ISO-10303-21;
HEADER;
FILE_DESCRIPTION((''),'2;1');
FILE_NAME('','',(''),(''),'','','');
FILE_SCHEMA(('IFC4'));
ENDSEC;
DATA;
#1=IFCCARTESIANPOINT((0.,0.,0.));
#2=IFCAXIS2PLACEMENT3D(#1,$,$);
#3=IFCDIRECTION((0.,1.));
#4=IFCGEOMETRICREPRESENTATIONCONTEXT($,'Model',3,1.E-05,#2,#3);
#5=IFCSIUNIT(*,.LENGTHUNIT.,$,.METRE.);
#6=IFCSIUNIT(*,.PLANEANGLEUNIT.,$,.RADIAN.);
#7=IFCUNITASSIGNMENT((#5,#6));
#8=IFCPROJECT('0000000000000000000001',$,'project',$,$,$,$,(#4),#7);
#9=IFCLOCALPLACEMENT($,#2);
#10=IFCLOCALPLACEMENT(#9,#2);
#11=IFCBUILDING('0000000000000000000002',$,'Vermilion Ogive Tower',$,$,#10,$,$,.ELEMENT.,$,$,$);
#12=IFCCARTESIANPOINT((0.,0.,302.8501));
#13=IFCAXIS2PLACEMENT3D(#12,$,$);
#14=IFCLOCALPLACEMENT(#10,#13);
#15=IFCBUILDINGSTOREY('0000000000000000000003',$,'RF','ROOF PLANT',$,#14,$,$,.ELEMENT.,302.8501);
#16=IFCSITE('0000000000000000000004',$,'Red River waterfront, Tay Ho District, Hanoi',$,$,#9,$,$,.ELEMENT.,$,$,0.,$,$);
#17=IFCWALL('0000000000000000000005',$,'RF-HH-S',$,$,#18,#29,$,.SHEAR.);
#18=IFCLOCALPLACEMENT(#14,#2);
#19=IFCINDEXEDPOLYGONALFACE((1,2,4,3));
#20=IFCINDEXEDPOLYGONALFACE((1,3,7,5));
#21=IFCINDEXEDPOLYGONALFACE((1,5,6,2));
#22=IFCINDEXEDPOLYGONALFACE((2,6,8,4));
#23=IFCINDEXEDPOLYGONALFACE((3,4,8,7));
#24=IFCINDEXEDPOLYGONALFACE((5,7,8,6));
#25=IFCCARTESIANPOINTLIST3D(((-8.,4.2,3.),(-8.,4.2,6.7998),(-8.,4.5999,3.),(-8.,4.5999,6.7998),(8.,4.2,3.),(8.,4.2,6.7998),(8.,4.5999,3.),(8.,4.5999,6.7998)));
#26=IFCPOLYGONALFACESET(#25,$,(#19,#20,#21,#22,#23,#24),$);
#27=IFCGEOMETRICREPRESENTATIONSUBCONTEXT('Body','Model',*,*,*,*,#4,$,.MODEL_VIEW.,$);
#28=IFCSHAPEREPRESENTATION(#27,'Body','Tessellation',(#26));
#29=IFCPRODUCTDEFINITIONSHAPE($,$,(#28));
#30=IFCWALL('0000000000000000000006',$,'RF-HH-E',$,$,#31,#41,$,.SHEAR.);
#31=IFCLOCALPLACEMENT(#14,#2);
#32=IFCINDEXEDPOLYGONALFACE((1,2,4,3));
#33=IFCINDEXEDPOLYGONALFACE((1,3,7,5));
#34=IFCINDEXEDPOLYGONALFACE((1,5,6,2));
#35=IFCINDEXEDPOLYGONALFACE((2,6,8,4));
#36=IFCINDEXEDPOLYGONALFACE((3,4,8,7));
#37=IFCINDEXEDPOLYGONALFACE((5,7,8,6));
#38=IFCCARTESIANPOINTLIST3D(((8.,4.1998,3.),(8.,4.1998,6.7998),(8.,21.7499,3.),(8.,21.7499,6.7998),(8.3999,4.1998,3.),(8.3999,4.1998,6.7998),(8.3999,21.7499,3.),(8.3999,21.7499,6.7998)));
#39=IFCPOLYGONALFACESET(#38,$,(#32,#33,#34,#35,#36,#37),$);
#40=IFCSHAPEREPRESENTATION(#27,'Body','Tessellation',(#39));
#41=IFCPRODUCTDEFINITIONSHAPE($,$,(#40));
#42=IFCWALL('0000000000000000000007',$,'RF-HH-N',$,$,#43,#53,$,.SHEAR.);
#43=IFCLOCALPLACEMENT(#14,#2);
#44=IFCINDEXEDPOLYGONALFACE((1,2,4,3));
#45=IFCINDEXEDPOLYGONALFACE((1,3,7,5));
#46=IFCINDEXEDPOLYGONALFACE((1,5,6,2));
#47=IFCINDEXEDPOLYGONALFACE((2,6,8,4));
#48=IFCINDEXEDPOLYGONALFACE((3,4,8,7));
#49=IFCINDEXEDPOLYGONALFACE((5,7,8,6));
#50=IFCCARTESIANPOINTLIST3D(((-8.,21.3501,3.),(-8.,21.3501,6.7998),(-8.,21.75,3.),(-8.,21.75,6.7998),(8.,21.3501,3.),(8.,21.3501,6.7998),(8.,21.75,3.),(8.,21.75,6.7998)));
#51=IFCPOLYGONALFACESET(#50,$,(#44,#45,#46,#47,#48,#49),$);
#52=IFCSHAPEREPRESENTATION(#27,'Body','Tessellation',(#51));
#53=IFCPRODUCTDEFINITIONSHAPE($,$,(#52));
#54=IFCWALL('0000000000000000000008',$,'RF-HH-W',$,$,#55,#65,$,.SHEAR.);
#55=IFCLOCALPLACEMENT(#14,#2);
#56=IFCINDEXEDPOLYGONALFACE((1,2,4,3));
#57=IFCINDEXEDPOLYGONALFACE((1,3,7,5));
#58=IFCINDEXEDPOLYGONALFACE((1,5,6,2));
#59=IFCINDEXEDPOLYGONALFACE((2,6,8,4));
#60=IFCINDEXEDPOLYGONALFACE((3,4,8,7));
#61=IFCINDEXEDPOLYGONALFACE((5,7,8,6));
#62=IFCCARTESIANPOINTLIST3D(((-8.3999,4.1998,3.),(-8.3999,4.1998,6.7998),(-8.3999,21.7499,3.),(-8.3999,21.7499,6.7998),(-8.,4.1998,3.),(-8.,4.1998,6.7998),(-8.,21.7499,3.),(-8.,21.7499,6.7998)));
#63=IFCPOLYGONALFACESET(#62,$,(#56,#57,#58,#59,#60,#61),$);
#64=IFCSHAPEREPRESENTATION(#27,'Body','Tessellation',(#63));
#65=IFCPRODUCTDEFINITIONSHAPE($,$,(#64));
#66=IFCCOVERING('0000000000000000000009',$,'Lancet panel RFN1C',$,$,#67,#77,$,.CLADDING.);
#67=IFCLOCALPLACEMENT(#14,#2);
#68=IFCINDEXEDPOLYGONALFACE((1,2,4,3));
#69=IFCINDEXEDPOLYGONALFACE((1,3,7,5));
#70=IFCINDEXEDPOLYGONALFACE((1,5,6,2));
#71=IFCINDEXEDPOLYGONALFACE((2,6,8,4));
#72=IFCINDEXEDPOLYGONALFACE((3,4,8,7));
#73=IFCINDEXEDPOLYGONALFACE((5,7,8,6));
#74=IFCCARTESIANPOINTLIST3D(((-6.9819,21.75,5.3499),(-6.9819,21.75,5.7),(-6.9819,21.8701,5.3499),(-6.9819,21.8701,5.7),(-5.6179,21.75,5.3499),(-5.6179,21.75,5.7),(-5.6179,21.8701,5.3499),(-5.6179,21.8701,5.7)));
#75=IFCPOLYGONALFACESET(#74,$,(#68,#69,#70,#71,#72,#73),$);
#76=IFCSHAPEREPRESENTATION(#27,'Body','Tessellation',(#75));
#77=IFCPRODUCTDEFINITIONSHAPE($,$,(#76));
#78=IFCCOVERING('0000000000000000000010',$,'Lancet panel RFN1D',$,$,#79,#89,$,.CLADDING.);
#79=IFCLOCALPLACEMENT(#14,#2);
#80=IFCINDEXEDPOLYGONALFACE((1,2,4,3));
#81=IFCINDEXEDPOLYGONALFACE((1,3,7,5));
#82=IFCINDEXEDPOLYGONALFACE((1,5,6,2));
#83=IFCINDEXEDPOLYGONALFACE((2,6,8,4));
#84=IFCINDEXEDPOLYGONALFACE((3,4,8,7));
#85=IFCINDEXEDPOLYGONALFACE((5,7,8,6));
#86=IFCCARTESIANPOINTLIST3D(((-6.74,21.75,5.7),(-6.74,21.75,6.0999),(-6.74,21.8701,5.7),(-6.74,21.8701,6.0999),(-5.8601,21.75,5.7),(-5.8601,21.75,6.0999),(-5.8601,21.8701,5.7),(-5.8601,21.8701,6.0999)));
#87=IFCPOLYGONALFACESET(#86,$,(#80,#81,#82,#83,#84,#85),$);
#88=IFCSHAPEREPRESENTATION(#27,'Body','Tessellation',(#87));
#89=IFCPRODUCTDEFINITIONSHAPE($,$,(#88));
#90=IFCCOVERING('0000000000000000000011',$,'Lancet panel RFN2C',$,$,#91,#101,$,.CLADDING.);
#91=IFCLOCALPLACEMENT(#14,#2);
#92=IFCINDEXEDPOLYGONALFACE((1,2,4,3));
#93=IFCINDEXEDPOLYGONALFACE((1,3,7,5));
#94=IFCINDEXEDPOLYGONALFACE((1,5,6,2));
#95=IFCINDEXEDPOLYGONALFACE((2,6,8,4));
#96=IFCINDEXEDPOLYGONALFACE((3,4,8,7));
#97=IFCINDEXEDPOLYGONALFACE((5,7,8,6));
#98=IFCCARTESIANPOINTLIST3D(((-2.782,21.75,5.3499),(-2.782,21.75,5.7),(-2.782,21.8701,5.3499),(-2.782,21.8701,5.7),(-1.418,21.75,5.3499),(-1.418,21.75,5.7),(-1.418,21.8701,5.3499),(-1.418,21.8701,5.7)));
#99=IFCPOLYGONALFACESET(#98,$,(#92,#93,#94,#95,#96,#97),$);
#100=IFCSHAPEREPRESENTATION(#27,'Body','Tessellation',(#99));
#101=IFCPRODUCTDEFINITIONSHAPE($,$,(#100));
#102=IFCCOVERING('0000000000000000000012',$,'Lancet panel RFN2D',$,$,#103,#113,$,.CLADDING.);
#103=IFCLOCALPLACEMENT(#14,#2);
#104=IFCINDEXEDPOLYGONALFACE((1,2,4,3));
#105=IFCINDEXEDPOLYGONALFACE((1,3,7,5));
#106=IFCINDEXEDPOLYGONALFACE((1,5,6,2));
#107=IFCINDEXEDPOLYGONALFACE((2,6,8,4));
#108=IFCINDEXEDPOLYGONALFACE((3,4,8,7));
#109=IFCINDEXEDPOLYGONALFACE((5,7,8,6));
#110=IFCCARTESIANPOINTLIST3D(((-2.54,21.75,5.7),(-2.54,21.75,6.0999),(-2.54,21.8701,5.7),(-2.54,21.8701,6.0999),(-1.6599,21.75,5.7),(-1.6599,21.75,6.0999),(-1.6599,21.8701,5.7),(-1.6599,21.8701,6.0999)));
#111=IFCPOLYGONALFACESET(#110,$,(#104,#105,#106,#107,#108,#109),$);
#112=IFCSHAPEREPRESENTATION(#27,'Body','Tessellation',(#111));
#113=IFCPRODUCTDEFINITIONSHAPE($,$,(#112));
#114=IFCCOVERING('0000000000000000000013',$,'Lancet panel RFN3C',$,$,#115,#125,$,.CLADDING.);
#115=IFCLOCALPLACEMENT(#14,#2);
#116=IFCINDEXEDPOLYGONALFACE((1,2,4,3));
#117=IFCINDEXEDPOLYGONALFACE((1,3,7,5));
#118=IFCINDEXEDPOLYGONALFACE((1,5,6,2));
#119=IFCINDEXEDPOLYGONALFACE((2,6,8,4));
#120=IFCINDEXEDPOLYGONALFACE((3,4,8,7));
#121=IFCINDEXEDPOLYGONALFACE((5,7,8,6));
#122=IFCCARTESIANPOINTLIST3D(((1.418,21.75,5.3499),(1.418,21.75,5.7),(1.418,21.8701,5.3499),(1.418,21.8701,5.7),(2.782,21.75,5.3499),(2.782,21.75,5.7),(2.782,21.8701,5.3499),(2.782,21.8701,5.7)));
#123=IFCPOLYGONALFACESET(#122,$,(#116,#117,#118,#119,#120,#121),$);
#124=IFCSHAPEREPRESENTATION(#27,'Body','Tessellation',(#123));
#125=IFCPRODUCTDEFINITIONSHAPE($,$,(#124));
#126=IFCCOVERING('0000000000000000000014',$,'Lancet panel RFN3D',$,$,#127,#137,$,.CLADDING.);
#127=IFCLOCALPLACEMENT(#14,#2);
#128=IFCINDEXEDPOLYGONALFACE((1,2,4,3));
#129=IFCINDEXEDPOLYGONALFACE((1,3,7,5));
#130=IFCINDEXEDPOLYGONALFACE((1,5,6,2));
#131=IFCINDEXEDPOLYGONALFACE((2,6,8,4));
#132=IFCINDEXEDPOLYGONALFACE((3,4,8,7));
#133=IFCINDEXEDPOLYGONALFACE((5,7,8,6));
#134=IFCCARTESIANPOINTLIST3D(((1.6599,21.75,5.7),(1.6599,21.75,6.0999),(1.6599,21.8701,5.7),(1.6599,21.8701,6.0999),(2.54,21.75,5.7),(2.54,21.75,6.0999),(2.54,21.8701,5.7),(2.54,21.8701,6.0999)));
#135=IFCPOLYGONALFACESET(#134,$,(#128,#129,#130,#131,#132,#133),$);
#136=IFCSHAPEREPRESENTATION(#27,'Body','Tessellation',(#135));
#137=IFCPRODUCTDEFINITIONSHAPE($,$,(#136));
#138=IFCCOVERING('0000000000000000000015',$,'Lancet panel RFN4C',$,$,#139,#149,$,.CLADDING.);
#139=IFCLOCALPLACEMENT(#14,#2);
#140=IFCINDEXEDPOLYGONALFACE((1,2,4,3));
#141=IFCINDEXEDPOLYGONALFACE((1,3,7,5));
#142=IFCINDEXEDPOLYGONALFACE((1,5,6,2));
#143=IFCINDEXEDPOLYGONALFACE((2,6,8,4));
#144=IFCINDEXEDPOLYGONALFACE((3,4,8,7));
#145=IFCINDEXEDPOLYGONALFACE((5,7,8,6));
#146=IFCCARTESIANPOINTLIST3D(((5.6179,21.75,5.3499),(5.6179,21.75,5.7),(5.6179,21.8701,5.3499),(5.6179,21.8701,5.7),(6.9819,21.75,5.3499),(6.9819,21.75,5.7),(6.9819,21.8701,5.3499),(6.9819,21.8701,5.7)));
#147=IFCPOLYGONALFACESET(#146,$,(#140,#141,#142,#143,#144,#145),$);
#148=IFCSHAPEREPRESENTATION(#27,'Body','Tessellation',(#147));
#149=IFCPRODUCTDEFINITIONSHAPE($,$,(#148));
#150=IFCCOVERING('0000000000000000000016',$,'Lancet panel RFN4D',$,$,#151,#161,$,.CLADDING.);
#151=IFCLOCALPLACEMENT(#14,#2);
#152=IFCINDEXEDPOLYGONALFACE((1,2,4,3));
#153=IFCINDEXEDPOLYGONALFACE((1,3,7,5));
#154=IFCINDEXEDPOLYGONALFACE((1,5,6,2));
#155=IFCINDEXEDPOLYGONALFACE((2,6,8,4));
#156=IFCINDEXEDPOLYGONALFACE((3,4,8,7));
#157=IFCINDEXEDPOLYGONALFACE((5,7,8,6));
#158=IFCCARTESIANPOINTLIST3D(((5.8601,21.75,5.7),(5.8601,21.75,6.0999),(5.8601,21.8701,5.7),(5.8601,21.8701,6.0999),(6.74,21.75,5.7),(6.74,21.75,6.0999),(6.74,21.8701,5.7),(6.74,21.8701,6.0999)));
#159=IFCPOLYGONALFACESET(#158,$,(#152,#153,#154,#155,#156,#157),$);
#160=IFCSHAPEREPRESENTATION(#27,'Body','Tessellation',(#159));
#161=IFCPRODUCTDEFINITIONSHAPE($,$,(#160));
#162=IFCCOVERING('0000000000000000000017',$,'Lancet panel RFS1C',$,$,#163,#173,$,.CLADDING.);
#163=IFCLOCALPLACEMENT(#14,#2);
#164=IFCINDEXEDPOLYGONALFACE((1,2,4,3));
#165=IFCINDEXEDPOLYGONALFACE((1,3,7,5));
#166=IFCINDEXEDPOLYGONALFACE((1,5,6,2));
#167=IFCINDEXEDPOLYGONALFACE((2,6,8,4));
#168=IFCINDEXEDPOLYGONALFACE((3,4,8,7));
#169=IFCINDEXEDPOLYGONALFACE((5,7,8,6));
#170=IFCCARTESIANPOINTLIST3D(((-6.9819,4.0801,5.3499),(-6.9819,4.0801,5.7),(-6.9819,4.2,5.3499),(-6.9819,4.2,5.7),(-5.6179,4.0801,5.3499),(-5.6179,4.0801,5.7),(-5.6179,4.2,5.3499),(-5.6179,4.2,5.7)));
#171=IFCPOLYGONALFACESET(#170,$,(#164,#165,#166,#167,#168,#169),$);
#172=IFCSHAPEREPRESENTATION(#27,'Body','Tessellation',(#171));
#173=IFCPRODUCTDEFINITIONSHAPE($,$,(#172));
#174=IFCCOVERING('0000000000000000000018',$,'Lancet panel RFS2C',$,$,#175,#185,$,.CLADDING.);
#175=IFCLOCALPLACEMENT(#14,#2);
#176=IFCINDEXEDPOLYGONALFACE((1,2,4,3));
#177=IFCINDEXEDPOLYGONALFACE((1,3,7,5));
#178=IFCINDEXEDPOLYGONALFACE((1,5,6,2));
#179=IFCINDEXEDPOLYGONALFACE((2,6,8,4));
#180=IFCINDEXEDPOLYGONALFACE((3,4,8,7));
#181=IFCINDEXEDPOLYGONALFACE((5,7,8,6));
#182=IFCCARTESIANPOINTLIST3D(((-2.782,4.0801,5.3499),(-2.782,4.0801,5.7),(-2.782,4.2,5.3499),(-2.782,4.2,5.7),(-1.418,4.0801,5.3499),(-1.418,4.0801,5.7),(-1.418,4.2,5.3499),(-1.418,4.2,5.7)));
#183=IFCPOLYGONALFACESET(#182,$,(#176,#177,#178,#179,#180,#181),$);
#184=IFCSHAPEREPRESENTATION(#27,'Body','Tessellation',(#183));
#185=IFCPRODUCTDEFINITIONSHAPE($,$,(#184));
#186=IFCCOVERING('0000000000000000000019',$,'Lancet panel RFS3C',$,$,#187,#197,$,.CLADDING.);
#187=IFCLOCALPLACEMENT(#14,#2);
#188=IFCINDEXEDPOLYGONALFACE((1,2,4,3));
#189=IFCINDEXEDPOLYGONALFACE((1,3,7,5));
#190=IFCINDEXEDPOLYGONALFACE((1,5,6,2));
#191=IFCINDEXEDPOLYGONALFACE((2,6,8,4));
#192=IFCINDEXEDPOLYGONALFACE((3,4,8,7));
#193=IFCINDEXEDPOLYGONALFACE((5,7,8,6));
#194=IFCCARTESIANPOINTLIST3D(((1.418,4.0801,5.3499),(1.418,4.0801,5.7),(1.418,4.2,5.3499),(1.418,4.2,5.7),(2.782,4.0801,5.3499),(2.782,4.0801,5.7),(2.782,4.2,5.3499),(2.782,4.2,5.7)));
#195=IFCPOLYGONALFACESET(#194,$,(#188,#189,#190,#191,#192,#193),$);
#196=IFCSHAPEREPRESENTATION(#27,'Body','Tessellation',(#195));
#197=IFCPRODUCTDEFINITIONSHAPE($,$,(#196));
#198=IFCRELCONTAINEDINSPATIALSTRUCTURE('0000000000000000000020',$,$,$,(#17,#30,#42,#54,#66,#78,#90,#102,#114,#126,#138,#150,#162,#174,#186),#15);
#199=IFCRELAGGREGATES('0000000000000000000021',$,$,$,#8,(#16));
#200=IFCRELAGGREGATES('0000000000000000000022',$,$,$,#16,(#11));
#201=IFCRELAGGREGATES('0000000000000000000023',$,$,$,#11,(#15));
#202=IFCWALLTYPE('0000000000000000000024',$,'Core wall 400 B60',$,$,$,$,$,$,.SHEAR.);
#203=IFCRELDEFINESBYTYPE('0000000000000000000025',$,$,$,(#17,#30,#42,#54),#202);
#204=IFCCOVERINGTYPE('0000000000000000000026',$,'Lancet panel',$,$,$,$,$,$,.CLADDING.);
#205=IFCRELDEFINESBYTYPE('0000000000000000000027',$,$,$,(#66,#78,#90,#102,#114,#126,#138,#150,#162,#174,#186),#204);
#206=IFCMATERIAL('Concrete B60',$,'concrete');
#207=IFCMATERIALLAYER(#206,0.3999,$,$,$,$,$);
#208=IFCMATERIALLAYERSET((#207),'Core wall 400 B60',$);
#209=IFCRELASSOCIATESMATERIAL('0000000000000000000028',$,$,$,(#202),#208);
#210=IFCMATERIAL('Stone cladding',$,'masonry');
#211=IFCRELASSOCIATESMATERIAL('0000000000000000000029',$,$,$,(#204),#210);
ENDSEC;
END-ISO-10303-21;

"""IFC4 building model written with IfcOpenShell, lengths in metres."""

from ifc_helpers import new_model, si_unit, direction, frame, frame_2d, origin, place, context, subcontext, project, spatial, polyline, rectangle, outline, extrude, material, layer, layer_set, type_object, element, save


model = new_model("IFC4")

# Units and contexts
model_context = context("Model", 3, precision=1e-05, world=origin(), true_north=direction((0.0, 1.0)))
body_context = subcontext(model_context, "Body", "Model", "MODEL_VIEW")
ifc_project = project(units=[si_unit("LENGTHUNIT", "METRE"), si_unit("PLANEANGLEUNIT", "RADIAN")], contexts=[model_context])

# Site, building, storey
site_placement = place(None, origin())
site = spatial("IfcSite", under=ifc_project, at=site_placement, Name="Red River waterfront, Tay Ho District, Hanoi", CompositionType="ELEMENT", RefElevation=0.0)
building_placement = place(site_placement, origin())
building = spatial("IfcBuilding", under=site, at=building_placement, Name="Vermilion Ogive Tower", CompositionType="ELEMENT")
storey_placement = place(building_placement, frame((0.0, 0.0, 302.8501)))
storey = spatial("IfcBuildingStorey", under=building, at=storey_placement, Name="RF", Description="ROOF PLANT", CompositionType="ELEMENT", Elevation=302.8501)

# Walls
ifc_material_1 = material(Name="Concrete B60", Category="concrete")
ifc_layer = layer(ifc_material_1, 0.3999)
ifc_layer_set = layer_set([ifc_layer], Name="Core wall 400 B60")
wall_type = type_object("IfcWallType", Name="Core wall 400 B60", PredefinedType="SHEAR", material=ifc_layer_set)
wall_1_placement = place(storey_placement, frame((-8.0, 4.3999, 3.0), z_axis=(0.0, 0.0, 1.0), x_axis=(1.0, 0.0, 0.0)))
element("IfcWall", 1, at=wall_1_placement, inside=storey, type_object=wall_type, Name="RF-HH-S", PredefinedType="SHEAR", context=body_context, shape_type="SweptSolid", body=[
    extrude(rectangle(XDim=16.0, YDim=0.3999, at=frame_2d((8.0, 0.0))), origin(), (0.0, 0.0, 1.0), 3.7998),
])
wall_2_placement = place(storey_placement, frame((8.2, 4.2, 3.0), z_axis=(0.0, 0.0, 1.0), x_axis=(0.0, 1.0, 0.0)))
element("IfcWall", 2, at=wall_2_placement, inside=storey, type_object=wall_type, Name="RF-HH-E", PredefinedType="SHEAR", context=body_context, shape_type="SweptSolid", body=[
    extrude(rectangle(XDim=17.55, YDim=0.3999, at=frame_2d((8.7749, 0.0))), origin(), (0.0, 0.0, 1.0), 3.7998),
])
wall_3_placement = place(storey_placement, frame((-8.0, 21.55, 3.0), z_axis=(0.0, 0.0, 1.0), x_axis=(1.0, 0.0, 0.0)))
element("IfcWall", 3, at=wall_3_placement, inside=storey, type_object=wall_type, Name="RF-HH-N", PredefinedType="SHEAR", context=body_context, shape_type="SweptSolid", body=[
    extrude(rectangle(XDim=16.0, YDim=0.3999, at=frame_2d((8.0, 0.0))), origin(), (0.0, 0.0, 1.0), 3.7998),
])
wall_4_placement = place(storey_placement, frame((-8.2, 4.2, 3.0), z_axis=(0.0, 0.0, 1.0), x_axis=(0.0, 1.0, 0.0)))
element("IfcWall", 4, at=wall_4_placement, inside=storey, type_object=wall_type, Name="RF-HH-W", PredefinedType="SHEAR", context=body_context, shape_type="SweptSolid", body=[
    extrude(rectangle(XDim=17.55, YDim=0.3999, at=frame_2d((8.7749, 0.0))), origin(), (0.0, 0.0, 1.0), 3.7998),
])

# Coverings
ifc_material_2 = material(Name="Stone cladding", Category="masonry")
covering_type = type_object("IfcCoveringType", Name="Lancet panel", PredefinedType="CLADDING", material=ifc_material_2)
covering_1_placement = place(storey_placement, frame((0.0, 0.0, 5.3499)))
element("IfcCovering", 5, at=covering_1_placement, inside=storey, type_object=covering_type, Name="Lancet panel RFN1C", PredefinedType="CLADDING", context=body_context, shape_type="SweptSolid", body=[
    extrude(outline(polyline([(-6.9819, 21.75), (-5.6179, 21.75), (-5.6179, 21.8701), (-6.9819, 21.8701), (-6.9819, 21.75)])), origin(), (0.0, 0.0, 1.0), 0.3501),
])
covering_2_placement = place(storey_placement, frame((0.0, 0.0, 5.7)))
element("IfcCovering", 6, at=covering_2_placement, inside=storey, type_object=covering_type, Name="Lancet panel RFN1D", PredefinedType="CLADDING", context=body_context, shape_type="SweptSolid", body=[
    extrude(outline(polyline([(-6.74, 21.75), (-5.8601, 21.75), (-5.8601, 21.8701), (-6.74, 21.8701), (-6.74, 21.75)])), origin(), (0.0, 0.0, 1.0), 0.3999),
])
covering_3_placement = place(storey_placement, frame((0.0, 0.0, 5.3499)))
element("IfcCovering", 7, at=covering_3_placement, inside=storey, type_object=covering_type, Name="Lancet panel RFN2C", PredefinedType="CLADDING", context=body_context, shape_type="SweptSolid", body=[
    extrude(outline(polyline([(-2.782, 21.75), (-1.418, 21.75), (-1.418, 21.8701), (-2.782, 21.8701), (-2.782, 21.75)])), origin(), (0.0, 0.0, 1.0), 0.3501),
])
covering_4_placement = place(storey_placement, frame((0.0, 0.0, 5.7)))
element("IfcCovering", 8, at=covering_4_placement, inside=storey, type_object=covering_type, Name="Lancet panel RFN2D", PredefinedType="CLADDING", context=body_context, shape_type="SweptSolid", body=[
    extrude(outline(polyline([(-2.54, 21.75), (-1.6599, 21.75), (-1.6599, 21.8701), (-2.54, 21.8701), (-2.54, 21.75)])), origin(), (0.0, 0.0, 1.0), 0.3999),
])
covering_5_placement = place(storey_placement, frame((0.0, 0.0, 5.3499)))
element("IfcCovering", 9, at=covering_5_placement, inside=storey, type_object=covering_type, Name="Lancet panel RFN3C", PredefinedType="CLADDING", context=body_context, shape_type="SweptSolid", body=[
    extrude(outline(polyline([(1.418, 21.75), (2.782, 21.75), (2.782, 21.8701), (1.418, 21.8701), (1.418, 21.75)])), origin(), (0.0, 0.0, 1.0), 0.3501),
])
covering_6_placement = place(storey_placement, frame((0.0, 0.0, 5.7)))
element("IfcCovering", 10, at=covering_6_placement, inside=storey, type_object=covering_type, Name="Lancet panel RFN3D", PredefinedType="CLADDING", context=body_context, shape_type="SweptSolid", body=[
    extrude(outline(polyline([(1.6599, 21.75), (2.54, 21.75), (2.54, 21.8701), (1.6599, 21.8701), (1.6599, 21.75)])), origin(), (0.0, 0.0, 1.0), 0.3999),
])
covering_7_placement = place(storey_placement, frame((0.0, 0.0, 5.3499)))
element("IfcCovering", 11, at=covering_7_placement, inside=storey, type_object=covering_type, Name="Lancet panel RFN4C", PredefinedType="CLADDING", context=body_context, shape_type="SweptSolid", body=[
    extrude(outline(polyline([(5.6179, 21.75), (6.9819, 21.75), (6.9819, 21.8701), (5.6179, 21.8701), (5.6179, 21.75)])), origin(), (0.0, 0.0, 1.0), 0.3501),
])
covering_8_placement = place(storey_placement, frame((0.0, 0.0, 5.7)))
element("IfcCovering", 12, at=covering_8_placement, inside=storey, type_object=covering_type, Name="Lancet panel RFN4D", PredefinedType="CLADDING", context=body_context, shape_type="SweptSolid", body=[
    extrude(outline(polyline([(5.8601, 21.75), (6.74, 21.75), (6.74, 21.8701), (5.8601, 21.8701), (5.8601, 21.75)])), origin(), (0.0, 0.0, 1.0), 0.3999),
])
covering_9_placement = place(storey_placement, frame((0.0, 0.0, 5.3499)))
element("IfcCovering", 13, at=covering_9_placement, inside=storey, type_object=covering_type, Name="Lancet panel RFS1C", PredefinedType="CLADDING", context=body_context, shape_type="SweptSolid", body=[
    extrude(outline(polyline([(-5.6179, 4.2), (-6.9819, 4.2), (-6.9819, 4.0801), (-5.6179, 4.0801), (-5.6179, 4.2)])), origin(), (0.0, 0.0, 1.0), 0.3501),
])
covering_10_placement = place(storey_placement, frame((0.0, 0.0, 5.3499)))
element("IfcCovering", 14, at=covering_10_placement, inside=storey, type_object=covering_type, Name="Lancet panel RFS2C", PredefinedType="CLADDING", context=body_context, shape_type="SweptSolid", body=[
    extrude(outline(polyline([(-1.418, 4.2), (-2.782, 4.2), (-2.782, 4.0801), (-1.418, 4.0801), (-1.418, 4.2)])), origin(), (0.0, 0.0, 1.0), 0.3501),
])
covering_11_placement = place(storey_placement, frame((0.0, 0.0, 5.3499)))
element("IfcCovering", 15, at=covering_11_placement, inside=storey, type_object=covering_type, Name="Lancet panel RFS3C", PredefinedType="CLADDING", context=body_context, shape_type="SweptSolid", body=[
    extrude(outline(polyline([(2.782, 4.2), (1.418, 4.2), (1.418, 4.0801), (2.782, 4.0801), (2.782, 4.2)])), origin(), (0.0, 0.0, 1.0), 0.3501),
])

save(model, "model.ifc")
